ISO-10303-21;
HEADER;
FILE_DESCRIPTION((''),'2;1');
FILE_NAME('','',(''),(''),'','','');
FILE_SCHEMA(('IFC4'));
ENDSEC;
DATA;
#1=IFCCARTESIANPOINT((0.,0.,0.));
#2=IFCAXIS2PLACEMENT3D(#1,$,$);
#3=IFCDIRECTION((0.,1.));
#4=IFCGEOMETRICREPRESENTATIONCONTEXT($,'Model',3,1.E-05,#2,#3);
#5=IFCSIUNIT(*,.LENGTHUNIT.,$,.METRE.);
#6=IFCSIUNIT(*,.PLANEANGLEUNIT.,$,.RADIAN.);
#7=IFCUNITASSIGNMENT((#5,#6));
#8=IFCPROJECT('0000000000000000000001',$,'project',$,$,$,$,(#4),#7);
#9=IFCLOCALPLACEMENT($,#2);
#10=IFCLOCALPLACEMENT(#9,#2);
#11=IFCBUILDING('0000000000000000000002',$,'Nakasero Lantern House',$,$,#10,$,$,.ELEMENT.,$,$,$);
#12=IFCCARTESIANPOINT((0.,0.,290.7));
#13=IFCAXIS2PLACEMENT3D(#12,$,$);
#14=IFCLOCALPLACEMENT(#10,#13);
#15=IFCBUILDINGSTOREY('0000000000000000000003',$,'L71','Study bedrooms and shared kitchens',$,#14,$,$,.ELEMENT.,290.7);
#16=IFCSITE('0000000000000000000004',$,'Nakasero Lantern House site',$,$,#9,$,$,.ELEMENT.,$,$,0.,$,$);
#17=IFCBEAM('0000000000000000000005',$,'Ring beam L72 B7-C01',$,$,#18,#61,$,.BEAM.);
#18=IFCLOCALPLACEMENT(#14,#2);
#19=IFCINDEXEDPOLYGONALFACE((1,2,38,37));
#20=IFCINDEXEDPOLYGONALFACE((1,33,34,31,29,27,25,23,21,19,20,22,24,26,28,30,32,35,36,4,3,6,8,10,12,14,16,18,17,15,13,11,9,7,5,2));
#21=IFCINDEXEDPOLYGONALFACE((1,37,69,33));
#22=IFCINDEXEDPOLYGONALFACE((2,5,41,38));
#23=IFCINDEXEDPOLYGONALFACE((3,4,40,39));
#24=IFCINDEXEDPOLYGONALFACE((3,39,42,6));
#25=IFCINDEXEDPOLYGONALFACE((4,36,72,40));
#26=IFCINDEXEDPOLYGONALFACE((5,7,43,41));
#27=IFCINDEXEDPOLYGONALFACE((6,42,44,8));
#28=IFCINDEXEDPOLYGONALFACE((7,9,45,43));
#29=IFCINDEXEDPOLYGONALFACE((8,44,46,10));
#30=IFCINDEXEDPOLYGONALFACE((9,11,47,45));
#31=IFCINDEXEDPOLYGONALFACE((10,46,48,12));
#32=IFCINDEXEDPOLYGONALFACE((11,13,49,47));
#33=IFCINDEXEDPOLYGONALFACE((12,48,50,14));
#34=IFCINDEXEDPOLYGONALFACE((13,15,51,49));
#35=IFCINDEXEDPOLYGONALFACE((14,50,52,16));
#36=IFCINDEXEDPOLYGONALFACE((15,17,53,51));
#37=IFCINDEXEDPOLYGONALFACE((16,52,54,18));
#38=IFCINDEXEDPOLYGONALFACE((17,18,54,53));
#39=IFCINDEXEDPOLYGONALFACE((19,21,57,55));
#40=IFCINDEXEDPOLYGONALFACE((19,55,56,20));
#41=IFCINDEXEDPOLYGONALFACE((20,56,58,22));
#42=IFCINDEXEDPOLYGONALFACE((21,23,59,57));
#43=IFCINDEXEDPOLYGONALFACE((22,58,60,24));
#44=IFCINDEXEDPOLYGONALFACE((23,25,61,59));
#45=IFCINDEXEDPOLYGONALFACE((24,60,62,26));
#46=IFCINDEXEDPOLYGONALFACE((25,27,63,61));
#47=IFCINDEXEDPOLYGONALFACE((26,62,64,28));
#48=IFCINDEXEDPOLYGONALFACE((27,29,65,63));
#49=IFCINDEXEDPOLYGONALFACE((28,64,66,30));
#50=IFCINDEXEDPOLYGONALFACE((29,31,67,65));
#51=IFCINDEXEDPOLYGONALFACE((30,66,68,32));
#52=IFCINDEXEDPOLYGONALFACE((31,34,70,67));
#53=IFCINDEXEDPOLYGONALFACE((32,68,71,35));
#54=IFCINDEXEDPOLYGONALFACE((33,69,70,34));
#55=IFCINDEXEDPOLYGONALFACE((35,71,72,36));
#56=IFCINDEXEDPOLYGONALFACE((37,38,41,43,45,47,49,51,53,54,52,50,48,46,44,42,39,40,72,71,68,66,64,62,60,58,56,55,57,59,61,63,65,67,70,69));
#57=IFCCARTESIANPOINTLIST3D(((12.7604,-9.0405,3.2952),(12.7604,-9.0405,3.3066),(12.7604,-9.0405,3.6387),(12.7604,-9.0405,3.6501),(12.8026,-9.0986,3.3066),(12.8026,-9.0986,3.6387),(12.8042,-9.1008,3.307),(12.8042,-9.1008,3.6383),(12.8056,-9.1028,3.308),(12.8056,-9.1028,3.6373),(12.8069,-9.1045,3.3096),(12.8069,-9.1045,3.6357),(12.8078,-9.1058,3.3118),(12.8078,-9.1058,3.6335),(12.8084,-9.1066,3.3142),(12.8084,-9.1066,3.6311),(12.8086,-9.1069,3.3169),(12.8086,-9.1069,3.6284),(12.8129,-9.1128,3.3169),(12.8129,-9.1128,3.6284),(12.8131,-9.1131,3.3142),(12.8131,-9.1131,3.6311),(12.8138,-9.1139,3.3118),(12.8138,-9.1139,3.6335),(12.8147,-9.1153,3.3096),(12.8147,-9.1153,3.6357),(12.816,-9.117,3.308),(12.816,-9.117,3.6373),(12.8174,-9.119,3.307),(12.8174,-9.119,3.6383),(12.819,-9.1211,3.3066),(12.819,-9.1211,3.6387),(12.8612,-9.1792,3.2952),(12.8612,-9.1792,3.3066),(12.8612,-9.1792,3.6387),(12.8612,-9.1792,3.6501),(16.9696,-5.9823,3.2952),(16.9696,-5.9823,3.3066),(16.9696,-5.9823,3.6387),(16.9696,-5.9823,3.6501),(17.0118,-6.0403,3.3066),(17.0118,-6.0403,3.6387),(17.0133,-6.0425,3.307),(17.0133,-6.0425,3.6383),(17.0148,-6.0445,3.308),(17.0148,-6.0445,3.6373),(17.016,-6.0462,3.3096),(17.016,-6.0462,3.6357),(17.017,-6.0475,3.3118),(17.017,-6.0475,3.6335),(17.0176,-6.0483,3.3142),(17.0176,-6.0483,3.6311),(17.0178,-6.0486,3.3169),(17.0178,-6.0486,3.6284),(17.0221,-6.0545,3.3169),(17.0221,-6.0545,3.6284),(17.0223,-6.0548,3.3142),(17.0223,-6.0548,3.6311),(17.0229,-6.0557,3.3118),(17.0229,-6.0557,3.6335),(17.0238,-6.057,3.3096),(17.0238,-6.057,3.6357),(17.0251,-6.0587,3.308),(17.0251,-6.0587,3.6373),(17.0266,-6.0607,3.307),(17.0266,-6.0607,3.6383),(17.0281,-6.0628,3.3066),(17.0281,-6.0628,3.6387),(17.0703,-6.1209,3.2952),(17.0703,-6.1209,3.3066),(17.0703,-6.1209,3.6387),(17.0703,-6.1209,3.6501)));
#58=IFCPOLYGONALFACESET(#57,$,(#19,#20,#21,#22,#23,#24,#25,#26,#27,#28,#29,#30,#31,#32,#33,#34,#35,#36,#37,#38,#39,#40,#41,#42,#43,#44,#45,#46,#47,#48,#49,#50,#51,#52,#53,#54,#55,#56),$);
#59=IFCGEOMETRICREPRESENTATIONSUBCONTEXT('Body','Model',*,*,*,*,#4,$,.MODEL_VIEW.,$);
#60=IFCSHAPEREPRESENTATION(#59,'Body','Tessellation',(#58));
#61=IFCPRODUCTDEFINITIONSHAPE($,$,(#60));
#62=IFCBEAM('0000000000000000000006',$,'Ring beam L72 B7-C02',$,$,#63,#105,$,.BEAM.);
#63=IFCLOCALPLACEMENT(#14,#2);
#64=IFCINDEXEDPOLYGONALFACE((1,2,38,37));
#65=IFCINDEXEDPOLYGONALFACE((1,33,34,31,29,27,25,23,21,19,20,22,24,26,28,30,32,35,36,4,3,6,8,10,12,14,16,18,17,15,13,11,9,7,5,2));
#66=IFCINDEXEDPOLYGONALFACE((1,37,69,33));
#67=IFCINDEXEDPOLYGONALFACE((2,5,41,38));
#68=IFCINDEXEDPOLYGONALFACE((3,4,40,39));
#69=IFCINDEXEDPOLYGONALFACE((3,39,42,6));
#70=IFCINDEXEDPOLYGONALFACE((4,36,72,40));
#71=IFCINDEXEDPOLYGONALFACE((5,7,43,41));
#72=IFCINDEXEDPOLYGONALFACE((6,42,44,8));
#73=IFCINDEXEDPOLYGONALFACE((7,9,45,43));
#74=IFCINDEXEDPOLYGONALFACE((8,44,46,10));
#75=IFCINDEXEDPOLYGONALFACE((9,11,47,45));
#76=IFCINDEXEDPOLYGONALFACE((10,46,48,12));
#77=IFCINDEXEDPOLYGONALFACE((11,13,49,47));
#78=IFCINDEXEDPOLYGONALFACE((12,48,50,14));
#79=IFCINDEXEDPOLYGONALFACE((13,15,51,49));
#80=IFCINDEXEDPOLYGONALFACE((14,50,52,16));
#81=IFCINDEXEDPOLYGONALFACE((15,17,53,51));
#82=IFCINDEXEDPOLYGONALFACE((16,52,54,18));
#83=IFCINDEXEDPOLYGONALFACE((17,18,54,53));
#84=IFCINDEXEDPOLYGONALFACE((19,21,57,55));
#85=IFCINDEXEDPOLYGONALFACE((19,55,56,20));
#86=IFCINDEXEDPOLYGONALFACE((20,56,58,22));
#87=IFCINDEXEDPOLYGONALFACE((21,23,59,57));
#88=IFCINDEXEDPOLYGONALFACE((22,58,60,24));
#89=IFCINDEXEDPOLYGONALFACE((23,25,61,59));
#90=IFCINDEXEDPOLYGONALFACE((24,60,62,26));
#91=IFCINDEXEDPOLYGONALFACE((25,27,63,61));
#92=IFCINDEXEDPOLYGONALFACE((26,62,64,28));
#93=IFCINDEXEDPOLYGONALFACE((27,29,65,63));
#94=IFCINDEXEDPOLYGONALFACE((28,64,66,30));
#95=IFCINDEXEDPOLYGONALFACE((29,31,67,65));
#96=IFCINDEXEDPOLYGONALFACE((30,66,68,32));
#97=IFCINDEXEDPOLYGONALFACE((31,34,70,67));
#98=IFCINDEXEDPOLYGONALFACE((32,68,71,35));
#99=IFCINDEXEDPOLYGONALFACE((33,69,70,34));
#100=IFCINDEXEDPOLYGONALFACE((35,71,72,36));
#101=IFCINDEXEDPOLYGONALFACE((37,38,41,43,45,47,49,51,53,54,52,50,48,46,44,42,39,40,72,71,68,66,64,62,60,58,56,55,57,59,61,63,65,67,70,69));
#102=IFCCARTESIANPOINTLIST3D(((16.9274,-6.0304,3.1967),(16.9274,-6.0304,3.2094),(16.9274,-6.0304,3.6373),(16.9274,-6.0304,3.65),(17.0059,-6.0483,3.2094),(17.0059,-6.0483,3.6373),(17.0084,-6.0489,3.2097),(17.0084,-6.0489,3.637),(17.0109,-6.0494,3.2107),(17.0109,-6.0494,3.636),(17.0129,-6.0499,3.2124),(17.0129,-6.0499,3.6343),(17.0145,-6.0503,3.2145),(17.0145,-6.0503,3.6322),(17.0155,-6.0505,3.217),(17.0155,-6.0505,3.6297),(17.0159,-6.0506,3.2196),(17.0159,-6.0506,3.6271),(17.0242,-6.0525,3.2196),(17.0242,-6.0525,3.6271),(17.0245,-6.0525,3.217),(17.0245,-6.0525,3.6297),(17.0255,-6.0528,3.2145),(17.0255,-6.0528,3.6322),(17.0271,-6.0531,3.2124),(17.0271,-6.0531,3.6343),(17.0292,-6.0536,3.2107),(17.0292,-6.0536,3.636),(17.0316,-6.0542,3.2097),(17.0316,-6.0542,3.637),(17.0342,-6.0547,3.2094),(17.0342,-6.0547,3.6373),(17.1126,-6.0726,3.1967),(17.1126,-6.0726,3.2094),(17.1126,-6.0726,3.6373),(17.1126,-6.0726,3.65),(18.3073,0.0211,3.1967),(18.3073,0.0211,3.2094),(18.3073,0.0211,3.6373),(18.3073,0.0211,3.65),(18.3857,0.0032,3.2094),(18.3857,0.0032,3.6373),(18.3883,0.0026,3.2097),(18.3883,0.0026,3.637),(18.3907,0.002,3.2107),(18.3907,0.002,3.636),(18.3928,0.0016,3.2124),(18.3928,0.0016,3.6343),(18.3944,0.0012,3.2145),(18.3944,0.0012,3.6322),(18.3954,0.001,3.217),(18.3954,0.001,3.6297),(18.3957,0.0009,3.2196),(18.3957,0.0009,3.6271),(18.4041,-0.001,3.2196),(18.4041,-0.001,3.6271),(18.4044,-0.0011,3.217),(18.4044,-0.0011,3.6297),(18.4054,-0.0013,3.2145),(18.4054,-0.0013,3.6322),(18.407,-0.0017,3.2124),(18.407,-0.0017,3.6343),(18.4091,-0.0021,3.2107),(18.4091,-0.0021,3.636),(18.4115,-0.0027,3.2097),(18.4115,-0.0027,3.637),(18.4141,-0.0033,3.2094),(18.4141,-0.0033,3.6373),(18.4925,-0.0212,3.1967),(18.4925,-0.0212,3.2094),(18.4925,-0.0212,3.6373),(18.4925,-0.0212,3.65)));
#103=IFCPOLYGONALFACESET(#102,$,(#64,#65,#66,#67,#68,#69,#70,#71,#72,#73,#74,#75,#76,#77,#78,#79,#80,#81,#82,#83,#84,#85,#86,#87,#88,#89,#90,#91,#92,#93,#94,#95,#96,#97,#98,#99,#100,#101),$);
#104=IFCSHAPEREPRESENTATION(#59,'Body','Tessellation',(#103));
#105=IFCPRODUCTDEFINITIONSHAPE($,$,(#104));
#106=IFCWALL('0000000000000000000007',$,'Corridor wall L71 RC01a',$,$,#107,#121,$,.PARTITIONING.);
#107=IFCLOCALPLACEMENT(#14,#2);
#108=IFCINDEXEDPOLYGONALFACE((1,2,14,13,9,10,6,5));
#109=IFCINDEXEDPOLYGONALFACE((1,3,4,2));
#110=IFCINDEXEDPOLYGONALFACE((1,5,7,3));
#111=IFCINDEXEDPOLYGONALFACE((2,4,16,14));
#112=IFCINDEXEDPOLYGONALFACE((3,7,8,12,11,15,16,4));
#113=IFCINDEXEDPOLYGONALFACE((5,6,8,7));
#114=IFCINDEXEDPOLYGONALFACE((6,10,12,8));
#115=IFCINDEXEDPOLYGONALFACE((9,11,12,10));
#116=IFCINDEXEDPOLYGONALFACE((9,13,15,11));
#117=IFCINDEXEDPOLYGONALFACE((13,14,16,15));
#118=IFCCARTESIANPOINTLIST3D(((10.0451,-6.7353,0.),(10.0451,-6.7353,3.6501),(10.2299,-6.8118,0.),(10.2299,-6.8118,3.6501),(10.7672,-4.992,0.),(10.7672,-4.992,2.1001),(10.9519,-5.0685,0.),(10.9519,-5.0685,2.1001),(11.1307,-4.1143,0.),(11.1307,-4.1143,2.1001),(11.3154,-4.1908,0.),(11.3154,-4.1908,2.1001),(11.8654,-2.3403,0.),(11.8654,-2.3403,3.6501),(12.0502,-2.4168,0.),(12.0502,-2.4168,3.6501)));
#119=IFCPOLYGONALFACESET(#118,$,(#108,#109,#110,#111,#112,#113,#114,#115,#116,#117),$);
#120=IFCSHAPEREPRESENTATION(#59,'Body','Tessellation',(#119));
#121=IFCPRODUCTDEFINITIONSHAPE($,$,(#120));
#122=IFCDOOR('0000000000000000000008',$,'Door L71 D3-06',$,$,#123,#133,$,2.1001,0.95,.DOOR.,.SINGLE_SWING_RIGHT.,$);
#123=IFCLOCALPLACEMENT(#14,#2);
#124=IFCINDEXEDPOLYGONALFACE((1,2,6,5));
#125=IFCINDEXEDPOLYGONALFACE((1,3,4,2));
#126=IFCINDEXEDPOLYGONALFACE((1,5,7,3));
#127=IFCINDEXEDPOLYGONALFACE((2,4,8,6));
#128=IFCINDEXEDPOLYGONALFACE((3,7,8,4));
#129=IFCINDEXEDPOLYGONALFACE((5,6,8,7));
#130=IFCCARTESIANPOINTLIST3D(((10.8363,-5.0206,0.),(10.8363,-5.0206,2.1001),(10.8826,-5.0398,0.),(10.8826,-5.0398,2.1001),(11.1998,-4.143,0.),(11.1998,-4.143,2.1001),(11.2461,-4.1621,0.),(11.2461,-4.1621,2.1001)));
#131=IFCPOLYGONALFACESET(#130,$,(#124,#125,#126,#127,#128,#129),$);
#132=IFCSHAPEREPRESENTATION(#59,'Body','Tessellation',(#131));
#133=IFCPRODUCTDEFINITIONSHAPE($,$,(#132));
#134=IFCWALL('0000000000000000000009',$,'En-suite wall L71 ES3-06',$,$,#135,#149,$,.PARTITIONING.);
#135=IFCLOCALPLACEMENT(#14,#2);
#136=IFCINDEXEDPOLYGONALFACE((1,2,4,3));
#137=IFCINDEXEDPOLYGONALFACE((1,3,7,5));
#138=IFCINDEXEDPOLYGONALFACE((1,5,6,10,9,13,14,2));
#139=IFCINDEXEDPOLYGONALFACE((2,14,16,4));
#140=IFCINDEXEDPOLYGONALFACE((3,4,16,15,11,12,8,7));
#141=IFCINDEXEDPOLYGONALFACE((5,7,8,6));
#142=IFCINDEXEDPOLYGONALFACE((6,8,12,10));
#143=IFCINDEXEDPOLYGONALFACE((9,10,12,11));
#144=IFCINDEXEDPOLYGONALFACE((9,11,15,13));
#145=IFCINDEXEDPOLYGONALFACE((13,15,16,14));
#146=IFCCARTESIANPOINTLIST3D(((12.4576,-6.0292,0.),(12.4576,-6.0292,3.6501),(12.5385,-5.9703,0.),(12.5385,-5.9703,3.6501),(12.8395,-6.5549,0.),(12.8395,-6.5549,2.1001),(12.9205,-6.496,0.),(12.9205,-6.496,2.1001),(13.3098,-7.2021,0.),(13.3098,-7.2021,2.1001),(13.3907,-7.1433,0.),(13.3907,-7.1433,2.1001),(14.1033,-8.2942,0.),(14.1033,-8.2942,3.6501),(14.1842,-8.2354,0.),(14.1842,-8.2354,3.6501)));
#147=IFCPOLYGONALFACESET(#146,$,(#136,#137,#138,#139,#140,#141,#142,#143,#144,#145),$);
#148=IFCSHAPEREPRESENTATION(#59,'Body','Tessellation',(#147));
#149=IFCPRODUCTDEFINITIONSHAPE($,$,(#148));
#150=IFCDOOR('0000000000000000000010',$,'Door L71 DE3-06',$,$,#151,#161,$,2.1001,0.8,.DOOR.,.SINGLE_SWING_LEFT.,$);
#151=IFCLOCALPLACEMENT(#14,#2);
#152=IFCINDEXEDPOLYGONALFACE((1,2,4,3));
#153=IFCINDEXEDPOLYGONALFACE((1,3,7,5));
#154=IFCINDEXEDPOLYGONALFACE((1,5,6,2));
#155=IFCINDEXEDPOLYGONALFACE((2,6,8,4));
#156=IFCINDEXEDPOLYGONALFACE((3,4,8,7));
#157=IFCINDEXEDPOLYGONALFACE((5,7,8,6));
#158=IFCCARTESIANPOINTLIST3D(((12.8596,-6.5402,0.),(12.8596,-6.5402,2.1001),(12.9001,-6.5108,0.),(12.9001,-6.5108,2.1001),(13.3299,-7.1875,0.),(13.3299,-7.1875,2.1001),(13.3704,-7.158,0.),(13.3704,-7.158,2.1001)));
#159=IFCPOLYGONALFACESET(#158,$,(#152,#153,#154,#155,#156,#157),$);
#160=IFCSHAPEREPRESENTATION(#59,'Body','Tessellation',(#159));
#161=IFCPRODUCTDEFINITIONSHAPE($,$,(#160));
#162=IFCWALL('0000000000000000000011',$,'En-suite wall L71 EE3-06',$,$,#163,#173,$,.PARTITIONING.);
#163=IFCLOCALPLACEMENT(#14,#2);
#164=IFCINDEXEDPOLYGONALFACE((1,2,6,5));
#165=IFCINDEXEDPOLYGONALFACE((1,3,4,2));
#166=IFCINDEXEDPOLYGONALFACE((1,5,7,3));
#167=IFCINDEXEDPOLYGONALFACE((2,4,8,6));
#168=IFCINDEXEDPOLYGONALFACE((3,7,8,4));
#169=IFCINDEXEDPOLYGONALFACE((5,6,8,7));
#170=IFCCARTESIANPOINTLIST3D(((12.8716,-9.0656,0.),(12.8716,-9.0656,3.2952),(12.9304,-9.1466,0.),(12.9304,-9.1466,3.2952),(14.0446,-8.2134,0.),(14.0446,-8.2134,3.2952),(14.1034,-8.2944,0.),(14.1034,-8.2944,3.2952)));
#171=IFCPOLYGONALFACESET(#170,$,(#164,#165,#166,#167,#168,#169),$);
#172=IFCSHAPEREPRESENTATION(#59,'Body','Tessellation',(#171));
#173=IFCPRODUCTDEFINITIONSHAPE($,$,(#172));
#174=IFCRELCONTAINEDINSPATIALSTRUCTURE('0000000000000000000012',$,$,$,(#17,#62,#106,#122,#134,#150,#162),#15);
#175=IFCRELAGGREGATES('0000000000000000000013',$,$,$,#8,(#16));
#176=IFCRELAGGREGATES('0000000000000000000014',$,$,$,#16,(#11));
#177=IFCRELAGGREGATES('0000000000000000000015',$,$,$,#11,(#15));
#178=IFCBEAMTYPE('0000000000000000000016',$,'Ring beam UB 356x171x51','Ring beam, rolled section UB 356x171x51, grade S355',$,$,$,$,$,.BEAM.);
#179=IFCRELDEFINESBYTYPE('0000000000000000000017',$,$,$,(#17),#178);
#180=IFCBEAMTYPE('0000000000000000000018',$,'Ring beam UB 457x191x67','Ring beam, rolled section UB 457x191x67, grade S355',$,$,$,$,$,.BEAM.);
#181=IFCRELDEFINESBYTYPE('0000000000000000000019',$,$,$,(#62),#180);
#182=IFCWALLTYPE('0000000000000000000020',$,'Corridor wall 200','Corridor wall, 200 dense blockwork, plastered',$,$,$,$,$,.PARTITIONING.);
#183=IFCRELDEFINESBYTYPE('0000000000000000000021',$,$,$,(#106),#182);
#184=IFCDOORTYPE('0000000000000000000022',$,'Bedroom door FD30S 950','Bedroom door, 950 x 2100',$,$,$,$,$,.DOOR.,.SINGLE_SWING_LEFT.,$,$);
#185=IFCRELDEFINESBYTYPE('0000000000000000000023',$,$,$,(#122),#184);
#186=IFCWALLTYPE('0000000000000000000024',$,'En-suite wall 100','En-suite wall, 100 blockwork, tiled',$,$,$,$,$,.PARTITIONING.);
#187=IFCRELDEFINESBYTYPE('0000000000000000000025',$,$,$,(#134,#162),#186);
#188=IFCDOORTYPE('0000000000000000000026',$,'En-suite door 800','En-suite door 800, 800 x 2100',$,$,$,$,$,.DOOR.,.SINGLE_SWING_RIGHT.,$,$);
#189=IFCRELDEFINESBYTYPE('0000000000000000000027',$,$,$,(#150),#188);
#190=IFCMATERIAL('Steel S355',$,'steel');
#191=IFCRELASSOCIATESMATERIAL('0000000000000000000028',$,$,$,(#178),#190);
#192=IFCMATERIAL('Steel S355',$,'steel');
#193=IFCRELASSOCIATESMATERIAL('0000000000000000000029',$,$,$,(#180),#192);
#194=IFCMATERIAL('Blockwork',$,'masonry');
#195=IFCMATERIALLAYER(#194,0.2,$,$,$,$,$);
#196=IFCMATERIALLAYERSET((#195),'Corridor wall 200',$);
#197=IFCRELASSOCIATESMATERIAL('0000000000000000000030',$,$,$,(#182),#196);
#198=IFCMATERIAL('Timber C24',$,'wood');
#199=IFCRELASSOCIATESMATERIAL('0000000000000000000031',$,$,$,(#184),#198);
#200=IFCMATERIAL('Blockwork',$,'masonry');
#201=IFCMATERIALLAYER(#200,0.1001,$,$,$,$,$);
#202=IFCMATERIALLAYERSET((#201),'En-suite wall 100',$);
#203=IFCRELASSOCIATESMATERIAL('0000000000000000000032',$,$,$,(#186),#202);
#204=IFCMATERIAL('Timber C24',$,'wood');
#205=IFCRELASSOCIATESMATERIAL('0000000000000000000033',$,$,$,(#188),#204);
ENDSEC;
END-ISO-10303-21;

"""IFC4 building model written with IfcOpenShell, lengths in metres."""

from ifc_helpers import new_model, si_unit, direction, frame, frame_2d, origin, origin_2d, place, context, subcontext, project, spatial, rectangle, i_section, extrude, material, layer, layer_set, material_profile, profile_set, type_object, element, fill, save


model = new_model("IFC4")

# Units and contexts
model_context = context("Model", 3, precision=1e-05, world=origin(), true_north=direction((0.0, 1.0)))
body_context = subcontext(model_context, "Body", "Model", "MODEL_VIEW")
ifc_project = project(units=[si_unit("LENGTHUNIT", "METRE"), si_unit("PLANEANGLEUNIT", "RADIAN")], contexts=[model_context])

# Site, building, storey
site_placement = place(None, origin())
site = spatial("IfcSite", under=ifc_project, at=site_placement, Name="Nakasero Lantern House site", CompositionType="ELEMENT", RefElevation=0.0)
building_placement = place(site_placement, origin())
building = spatial("IfcBuilding", under=site, at=building_placement, Name="Nakasero Lantern House", CompositionType="ELEMENT")
storey_placement = place(building_placement, frame((0.0, 0.0, 290.7)))
storey = spatial("IfcBuildingStorey", under=building, at=storey_placement, Name="L71", Description="Study bedrooms and shared kitchens", CompositionType="ELEMENT", Elevation=290.7)

# Beams
ifc_material_1 = material(Name="Steel S355", Category="steel")
ifc_material_profile_1 = material_profile(ifc_material_1, i_section(OverallWidth=0.1714, OverallDepth=0.355, WebThickness=0.0073, FlangeThickness=0.0115, FilletRadius=0.0103, at=origin_2d()), Name="UB 356x171x51")
ifc_profile_set_1 = profile_set([ifc_material_profile_1], Name="Steel S355")
beam_type_1 = type_object("IfcBeamType", Name="Ring beam UB 356x171x51", Description="Ring beam, rolled section UB 356x171x51, grade S355", PredefinedType="BEAM", material=ifc_profile_set_1)
beam_1_placement = place(storey_placement, frame((12.8108, -9.1099, 3.4727), z_axis=(0.809002, 0.587806, 0.0), x_axis=(-0.587806, 0.809002, 0.0)))
element("IfcBeam", 1, at=beam_1_placement, inside=storey, type_object=beam_type_1, Name="Ring beam L72 B7-C01", PredefinedType="BEAM", context=body_context, shape_type="SweptSolid", body=[
    extrude(i_section(OverallWidth=0.1714, OverallDepth=0.355, WebThickness=0.0073, FlangeThickness=0.0115, FilletRadius=0.0103, at=origin_2d()), origin(), (0.0, 0.0, 1.0), 5.2029),
])
ifc_material_2 = material(Name="Steel S355", Category="steel")
ifc_material_profile_2 = material_profile(ifc_material_2, i_section(OverallWidth=0.1899, OverallDepth=0.4534, WebThickness=0.0085, FlangeThickness=0.0127, FilletRadius=0.0103, at=origin_2d()), Name="UB 457x191x67")
ifc_profile_set_2 = profile_set([ifc_material_profile_2], Name="Steel S355")
beam_type_2 = type_object("IfcBeamType", Name="Ring beam UB 457x191x67", Description="Ring beam, rolled section UB 457x191x67, grade S355", PredefinedType="BEAM", material=ifc_profile_set_2)
beam_2_placement = place(storey_placement, frame((17.02, -6.0515, 3.4233), z_axis=(0.222316, 0.974975, 0.0), x_axis=(-0.974975, 0.222316, 0.0)))
element("IfcBeam", 2, at=beam_2_placement, inside=storey, type_object=beam_type_2, Name="Ring beam L72 B7-C02", PredefinedType="BEAM", context=body_context, shape_type="SweptSolid", body=[
    extrude(i_section(OverallWidth=0.1899, OverallDepth=0.4534, WebThickness=0.0085, FlangeThickness=0.0127, FilletRadius=0.0103, at=origin_2d()), origin(), (0.0, 0.0, 1.0), 6.2068),
])

# Walls, openings, doors
ifc_material_3 = material(Name="Blockwork", Category="masonry")
ifc_layer_1 = layer(ifc_material_3, 0.2)
ifc_layer_set_1 = layer_set([ifc_layer_1], Name="Corridor wall 200")
wall_type_1 = type_object("IfcWallType", Name="Corridor wall 200", Description="Corridor wall, 200 dense blockwork, plastered", PredefinedType="PARTITIONING", material=ifc_layer_set_1)
wall_1_placement = place(storey_placement, frame((11.9578, -2.3787, 0.0), z_axis=(0.0, 0.0, 1.0), x_axis=(-0.382654, -0.923892, 0.0)))
wall_1 = element("IfcWall", 3, at=wall_1_placement, inside=storey, type_object=wall_type_1, Name="Corridor wall L71 RC01a", PredefinedType="PARTITIONING", context=body_context, shape_type="SweptSolid", body=[
    extrude(rectangle(XDim=4.7571, YDim=0.2, at=frame_2d((2.3784, 0.0))), origin(), (0.0, 0.0, 1.0), 3.6501),
])
opening_1_placement = place(wall_1_placement, frame((1.9199, 0.0, 0.0)))
opening_1 = element("IfcOpeningElement", 4, at=opening_1_placement, cuts=wall_1, PredefinedType="OPENING", context=body_context, shape_type="SweptSolid", body=[
    extrude(rectangle(XDim=0.95, YDim=2.1001, at=frame_2d((0.4751, 1.05))), frame((0.0, 0.1199, 0.0), z_axis=(0.0, -1.0, 0.0), x_axis=(1.0, 0.0, 0.0)), (0.0, 0.0, 1.0), 0.24),
])
ifc_material_4 = material(Name="Timber C24", Category="wood")
door_type_1 = type_object("IfcDoorType", Name="Bedroom door FD30S 950", Description="Bedroom door, 950 x 2100", OperationType="SINGLE_SWING_LEFT", PredefinedType="DOOR", material=ifc_material_4)
door_1_placement = place(opening_1_placement, origin())
door_1 = element("IfcDoor", 5, at=door_1_placement, inside=storey, type_object=door_type_1, Name="Door L71 D3-06", OperationType="SINGLE_SWING_RIGHT", OverallHeight=2.1001, OverallWidth=0.95, PredefinedType="DOOR", context=body_context, shape_type="SweptSolid", body=[
    extrude(rectangle(XDim=0.95, YDim=2.1001, at=frame_2d((0.4751, 1.05))), frame((0.0, 0.0249, 0.0), z_axis=(0.0, -1.0, 0.0), x_axis=(1.0, 0.0, 0.0)), (0.0, 0.0, 1.0), 0.05),
])
fill(opening_1, door_1)
ifc_material_5 = material(Name="Blockwork", Category="masonry")
ifc_layer_2 = layer(ifc_material_5, 0.1001)
ifc_layer_set_2 = layer_set([ifc_layer_2], Name="En-suite wall 100")
wall_type_2 = type_object("IfcWallType", Name="En-suite wall 100", Description="En-suite wall, 100 blockwork, tiled", PredefinedType="PARTITIONING", material=ifc_layer_set_2)
wall_2_placement = place(storey_placement, frame((12.498, -5.9998, 0.0), z_axis=(0.0, 0.0, 1.0), x_axis=(0.587793, -0.809011, 0.0)))
wall_2 = element("IfcWall", 6, at=wall_2_placement, inside=storey, type_object=wall_type_2, Name="En-suite wall L71 ES3-06", PredefinedType="PARTITIONING", context=body_context, shape_type="SweptSolid", body=[
    extrude(rectangle(XDim=2.7998, YDim=0.1001, at=frame_2d((1.3999, 0.0))), origin(), (0.0, 0.0, 1.0), 3.6501),
])
opening_2_placement = place(wall_2_placement, frame((0.6499, 0.0, 0.0)))
opening_2 = element("IfcOpeningElement", 7, at=opening_2_placement, cuts=wall_2, PredefinedType="OPENING", context=body_context, shape_type="SweptSolid", body=[
    extrude(rectangle(XDim=0.8, YDim=2.1001, at=frame_2d((0.3999, 1.05))), frame((0.0, 0.0701, 0.0), z_axis=(0.0, -1.0, 0.0), x_axis=(1.0, 0.0, 0.0)), (0.0, 0.0, 1.0), 0.1401),
])
ifc_material_6 = material(Name="Timber C24", Category="wood")
door_type_2 = type_object("IfcDoorType", Name="En-suite door 800", Description="En-suite door 800, 800 x 2100", OperationType="SINGLE_SWING_RIGHT", PredefinedType="DOOR", material=ifc_material_6)
door_2_placement = place(opening_2_placement, origin())
door_2 = element("IfcDoor", 8, at=door_2_placement, inside=storey, type_object=door_type_2, Name="Door L71 DE3-06", OperationType="SINGLE_SWING_LEFT", OverallHeight=2.1001, OverallWidth=0.8, PredefinedType="DOOR", context=body_context, shape_type="SweptSolid", body=[
    extrude(rectangle(XDim=0.8, YDim=2.1001, at=frame_2d((0.3999, 1.05))), frame((0.0, 0.0249, 0.0), z_axis=(0.0, -1.0, 0.0), x_axis=(1.0, 0.0, 0.0)), (0.0, 0.0, 1.0), 0.05),
])
fill(opening_2, door_2)

# Wall
wall_3_placement = place(storey_placement, frame((12.9009, -9.1062, 0.0), z_axis=(0.0, 0.0, 1.0), x_axis=(0.80902, 0.587781, 0.0)))
element("IfcWall", 9, at=wall_3_placement, inside=storey, type_object=wall_type_2, Name="En-suite wall L71 EE3-06", PredefinedType="PARTITIONING", context=body_context, shape_type="SweptSolid", body=[
    extrude(rectangle(XDim=1.45, YDim=0.1001, at=frame_2d((0.7251, 0.0))), origin(), (0.0, 0.0, 1.0), 3.2952),
])

save(model, "model.ifc")
